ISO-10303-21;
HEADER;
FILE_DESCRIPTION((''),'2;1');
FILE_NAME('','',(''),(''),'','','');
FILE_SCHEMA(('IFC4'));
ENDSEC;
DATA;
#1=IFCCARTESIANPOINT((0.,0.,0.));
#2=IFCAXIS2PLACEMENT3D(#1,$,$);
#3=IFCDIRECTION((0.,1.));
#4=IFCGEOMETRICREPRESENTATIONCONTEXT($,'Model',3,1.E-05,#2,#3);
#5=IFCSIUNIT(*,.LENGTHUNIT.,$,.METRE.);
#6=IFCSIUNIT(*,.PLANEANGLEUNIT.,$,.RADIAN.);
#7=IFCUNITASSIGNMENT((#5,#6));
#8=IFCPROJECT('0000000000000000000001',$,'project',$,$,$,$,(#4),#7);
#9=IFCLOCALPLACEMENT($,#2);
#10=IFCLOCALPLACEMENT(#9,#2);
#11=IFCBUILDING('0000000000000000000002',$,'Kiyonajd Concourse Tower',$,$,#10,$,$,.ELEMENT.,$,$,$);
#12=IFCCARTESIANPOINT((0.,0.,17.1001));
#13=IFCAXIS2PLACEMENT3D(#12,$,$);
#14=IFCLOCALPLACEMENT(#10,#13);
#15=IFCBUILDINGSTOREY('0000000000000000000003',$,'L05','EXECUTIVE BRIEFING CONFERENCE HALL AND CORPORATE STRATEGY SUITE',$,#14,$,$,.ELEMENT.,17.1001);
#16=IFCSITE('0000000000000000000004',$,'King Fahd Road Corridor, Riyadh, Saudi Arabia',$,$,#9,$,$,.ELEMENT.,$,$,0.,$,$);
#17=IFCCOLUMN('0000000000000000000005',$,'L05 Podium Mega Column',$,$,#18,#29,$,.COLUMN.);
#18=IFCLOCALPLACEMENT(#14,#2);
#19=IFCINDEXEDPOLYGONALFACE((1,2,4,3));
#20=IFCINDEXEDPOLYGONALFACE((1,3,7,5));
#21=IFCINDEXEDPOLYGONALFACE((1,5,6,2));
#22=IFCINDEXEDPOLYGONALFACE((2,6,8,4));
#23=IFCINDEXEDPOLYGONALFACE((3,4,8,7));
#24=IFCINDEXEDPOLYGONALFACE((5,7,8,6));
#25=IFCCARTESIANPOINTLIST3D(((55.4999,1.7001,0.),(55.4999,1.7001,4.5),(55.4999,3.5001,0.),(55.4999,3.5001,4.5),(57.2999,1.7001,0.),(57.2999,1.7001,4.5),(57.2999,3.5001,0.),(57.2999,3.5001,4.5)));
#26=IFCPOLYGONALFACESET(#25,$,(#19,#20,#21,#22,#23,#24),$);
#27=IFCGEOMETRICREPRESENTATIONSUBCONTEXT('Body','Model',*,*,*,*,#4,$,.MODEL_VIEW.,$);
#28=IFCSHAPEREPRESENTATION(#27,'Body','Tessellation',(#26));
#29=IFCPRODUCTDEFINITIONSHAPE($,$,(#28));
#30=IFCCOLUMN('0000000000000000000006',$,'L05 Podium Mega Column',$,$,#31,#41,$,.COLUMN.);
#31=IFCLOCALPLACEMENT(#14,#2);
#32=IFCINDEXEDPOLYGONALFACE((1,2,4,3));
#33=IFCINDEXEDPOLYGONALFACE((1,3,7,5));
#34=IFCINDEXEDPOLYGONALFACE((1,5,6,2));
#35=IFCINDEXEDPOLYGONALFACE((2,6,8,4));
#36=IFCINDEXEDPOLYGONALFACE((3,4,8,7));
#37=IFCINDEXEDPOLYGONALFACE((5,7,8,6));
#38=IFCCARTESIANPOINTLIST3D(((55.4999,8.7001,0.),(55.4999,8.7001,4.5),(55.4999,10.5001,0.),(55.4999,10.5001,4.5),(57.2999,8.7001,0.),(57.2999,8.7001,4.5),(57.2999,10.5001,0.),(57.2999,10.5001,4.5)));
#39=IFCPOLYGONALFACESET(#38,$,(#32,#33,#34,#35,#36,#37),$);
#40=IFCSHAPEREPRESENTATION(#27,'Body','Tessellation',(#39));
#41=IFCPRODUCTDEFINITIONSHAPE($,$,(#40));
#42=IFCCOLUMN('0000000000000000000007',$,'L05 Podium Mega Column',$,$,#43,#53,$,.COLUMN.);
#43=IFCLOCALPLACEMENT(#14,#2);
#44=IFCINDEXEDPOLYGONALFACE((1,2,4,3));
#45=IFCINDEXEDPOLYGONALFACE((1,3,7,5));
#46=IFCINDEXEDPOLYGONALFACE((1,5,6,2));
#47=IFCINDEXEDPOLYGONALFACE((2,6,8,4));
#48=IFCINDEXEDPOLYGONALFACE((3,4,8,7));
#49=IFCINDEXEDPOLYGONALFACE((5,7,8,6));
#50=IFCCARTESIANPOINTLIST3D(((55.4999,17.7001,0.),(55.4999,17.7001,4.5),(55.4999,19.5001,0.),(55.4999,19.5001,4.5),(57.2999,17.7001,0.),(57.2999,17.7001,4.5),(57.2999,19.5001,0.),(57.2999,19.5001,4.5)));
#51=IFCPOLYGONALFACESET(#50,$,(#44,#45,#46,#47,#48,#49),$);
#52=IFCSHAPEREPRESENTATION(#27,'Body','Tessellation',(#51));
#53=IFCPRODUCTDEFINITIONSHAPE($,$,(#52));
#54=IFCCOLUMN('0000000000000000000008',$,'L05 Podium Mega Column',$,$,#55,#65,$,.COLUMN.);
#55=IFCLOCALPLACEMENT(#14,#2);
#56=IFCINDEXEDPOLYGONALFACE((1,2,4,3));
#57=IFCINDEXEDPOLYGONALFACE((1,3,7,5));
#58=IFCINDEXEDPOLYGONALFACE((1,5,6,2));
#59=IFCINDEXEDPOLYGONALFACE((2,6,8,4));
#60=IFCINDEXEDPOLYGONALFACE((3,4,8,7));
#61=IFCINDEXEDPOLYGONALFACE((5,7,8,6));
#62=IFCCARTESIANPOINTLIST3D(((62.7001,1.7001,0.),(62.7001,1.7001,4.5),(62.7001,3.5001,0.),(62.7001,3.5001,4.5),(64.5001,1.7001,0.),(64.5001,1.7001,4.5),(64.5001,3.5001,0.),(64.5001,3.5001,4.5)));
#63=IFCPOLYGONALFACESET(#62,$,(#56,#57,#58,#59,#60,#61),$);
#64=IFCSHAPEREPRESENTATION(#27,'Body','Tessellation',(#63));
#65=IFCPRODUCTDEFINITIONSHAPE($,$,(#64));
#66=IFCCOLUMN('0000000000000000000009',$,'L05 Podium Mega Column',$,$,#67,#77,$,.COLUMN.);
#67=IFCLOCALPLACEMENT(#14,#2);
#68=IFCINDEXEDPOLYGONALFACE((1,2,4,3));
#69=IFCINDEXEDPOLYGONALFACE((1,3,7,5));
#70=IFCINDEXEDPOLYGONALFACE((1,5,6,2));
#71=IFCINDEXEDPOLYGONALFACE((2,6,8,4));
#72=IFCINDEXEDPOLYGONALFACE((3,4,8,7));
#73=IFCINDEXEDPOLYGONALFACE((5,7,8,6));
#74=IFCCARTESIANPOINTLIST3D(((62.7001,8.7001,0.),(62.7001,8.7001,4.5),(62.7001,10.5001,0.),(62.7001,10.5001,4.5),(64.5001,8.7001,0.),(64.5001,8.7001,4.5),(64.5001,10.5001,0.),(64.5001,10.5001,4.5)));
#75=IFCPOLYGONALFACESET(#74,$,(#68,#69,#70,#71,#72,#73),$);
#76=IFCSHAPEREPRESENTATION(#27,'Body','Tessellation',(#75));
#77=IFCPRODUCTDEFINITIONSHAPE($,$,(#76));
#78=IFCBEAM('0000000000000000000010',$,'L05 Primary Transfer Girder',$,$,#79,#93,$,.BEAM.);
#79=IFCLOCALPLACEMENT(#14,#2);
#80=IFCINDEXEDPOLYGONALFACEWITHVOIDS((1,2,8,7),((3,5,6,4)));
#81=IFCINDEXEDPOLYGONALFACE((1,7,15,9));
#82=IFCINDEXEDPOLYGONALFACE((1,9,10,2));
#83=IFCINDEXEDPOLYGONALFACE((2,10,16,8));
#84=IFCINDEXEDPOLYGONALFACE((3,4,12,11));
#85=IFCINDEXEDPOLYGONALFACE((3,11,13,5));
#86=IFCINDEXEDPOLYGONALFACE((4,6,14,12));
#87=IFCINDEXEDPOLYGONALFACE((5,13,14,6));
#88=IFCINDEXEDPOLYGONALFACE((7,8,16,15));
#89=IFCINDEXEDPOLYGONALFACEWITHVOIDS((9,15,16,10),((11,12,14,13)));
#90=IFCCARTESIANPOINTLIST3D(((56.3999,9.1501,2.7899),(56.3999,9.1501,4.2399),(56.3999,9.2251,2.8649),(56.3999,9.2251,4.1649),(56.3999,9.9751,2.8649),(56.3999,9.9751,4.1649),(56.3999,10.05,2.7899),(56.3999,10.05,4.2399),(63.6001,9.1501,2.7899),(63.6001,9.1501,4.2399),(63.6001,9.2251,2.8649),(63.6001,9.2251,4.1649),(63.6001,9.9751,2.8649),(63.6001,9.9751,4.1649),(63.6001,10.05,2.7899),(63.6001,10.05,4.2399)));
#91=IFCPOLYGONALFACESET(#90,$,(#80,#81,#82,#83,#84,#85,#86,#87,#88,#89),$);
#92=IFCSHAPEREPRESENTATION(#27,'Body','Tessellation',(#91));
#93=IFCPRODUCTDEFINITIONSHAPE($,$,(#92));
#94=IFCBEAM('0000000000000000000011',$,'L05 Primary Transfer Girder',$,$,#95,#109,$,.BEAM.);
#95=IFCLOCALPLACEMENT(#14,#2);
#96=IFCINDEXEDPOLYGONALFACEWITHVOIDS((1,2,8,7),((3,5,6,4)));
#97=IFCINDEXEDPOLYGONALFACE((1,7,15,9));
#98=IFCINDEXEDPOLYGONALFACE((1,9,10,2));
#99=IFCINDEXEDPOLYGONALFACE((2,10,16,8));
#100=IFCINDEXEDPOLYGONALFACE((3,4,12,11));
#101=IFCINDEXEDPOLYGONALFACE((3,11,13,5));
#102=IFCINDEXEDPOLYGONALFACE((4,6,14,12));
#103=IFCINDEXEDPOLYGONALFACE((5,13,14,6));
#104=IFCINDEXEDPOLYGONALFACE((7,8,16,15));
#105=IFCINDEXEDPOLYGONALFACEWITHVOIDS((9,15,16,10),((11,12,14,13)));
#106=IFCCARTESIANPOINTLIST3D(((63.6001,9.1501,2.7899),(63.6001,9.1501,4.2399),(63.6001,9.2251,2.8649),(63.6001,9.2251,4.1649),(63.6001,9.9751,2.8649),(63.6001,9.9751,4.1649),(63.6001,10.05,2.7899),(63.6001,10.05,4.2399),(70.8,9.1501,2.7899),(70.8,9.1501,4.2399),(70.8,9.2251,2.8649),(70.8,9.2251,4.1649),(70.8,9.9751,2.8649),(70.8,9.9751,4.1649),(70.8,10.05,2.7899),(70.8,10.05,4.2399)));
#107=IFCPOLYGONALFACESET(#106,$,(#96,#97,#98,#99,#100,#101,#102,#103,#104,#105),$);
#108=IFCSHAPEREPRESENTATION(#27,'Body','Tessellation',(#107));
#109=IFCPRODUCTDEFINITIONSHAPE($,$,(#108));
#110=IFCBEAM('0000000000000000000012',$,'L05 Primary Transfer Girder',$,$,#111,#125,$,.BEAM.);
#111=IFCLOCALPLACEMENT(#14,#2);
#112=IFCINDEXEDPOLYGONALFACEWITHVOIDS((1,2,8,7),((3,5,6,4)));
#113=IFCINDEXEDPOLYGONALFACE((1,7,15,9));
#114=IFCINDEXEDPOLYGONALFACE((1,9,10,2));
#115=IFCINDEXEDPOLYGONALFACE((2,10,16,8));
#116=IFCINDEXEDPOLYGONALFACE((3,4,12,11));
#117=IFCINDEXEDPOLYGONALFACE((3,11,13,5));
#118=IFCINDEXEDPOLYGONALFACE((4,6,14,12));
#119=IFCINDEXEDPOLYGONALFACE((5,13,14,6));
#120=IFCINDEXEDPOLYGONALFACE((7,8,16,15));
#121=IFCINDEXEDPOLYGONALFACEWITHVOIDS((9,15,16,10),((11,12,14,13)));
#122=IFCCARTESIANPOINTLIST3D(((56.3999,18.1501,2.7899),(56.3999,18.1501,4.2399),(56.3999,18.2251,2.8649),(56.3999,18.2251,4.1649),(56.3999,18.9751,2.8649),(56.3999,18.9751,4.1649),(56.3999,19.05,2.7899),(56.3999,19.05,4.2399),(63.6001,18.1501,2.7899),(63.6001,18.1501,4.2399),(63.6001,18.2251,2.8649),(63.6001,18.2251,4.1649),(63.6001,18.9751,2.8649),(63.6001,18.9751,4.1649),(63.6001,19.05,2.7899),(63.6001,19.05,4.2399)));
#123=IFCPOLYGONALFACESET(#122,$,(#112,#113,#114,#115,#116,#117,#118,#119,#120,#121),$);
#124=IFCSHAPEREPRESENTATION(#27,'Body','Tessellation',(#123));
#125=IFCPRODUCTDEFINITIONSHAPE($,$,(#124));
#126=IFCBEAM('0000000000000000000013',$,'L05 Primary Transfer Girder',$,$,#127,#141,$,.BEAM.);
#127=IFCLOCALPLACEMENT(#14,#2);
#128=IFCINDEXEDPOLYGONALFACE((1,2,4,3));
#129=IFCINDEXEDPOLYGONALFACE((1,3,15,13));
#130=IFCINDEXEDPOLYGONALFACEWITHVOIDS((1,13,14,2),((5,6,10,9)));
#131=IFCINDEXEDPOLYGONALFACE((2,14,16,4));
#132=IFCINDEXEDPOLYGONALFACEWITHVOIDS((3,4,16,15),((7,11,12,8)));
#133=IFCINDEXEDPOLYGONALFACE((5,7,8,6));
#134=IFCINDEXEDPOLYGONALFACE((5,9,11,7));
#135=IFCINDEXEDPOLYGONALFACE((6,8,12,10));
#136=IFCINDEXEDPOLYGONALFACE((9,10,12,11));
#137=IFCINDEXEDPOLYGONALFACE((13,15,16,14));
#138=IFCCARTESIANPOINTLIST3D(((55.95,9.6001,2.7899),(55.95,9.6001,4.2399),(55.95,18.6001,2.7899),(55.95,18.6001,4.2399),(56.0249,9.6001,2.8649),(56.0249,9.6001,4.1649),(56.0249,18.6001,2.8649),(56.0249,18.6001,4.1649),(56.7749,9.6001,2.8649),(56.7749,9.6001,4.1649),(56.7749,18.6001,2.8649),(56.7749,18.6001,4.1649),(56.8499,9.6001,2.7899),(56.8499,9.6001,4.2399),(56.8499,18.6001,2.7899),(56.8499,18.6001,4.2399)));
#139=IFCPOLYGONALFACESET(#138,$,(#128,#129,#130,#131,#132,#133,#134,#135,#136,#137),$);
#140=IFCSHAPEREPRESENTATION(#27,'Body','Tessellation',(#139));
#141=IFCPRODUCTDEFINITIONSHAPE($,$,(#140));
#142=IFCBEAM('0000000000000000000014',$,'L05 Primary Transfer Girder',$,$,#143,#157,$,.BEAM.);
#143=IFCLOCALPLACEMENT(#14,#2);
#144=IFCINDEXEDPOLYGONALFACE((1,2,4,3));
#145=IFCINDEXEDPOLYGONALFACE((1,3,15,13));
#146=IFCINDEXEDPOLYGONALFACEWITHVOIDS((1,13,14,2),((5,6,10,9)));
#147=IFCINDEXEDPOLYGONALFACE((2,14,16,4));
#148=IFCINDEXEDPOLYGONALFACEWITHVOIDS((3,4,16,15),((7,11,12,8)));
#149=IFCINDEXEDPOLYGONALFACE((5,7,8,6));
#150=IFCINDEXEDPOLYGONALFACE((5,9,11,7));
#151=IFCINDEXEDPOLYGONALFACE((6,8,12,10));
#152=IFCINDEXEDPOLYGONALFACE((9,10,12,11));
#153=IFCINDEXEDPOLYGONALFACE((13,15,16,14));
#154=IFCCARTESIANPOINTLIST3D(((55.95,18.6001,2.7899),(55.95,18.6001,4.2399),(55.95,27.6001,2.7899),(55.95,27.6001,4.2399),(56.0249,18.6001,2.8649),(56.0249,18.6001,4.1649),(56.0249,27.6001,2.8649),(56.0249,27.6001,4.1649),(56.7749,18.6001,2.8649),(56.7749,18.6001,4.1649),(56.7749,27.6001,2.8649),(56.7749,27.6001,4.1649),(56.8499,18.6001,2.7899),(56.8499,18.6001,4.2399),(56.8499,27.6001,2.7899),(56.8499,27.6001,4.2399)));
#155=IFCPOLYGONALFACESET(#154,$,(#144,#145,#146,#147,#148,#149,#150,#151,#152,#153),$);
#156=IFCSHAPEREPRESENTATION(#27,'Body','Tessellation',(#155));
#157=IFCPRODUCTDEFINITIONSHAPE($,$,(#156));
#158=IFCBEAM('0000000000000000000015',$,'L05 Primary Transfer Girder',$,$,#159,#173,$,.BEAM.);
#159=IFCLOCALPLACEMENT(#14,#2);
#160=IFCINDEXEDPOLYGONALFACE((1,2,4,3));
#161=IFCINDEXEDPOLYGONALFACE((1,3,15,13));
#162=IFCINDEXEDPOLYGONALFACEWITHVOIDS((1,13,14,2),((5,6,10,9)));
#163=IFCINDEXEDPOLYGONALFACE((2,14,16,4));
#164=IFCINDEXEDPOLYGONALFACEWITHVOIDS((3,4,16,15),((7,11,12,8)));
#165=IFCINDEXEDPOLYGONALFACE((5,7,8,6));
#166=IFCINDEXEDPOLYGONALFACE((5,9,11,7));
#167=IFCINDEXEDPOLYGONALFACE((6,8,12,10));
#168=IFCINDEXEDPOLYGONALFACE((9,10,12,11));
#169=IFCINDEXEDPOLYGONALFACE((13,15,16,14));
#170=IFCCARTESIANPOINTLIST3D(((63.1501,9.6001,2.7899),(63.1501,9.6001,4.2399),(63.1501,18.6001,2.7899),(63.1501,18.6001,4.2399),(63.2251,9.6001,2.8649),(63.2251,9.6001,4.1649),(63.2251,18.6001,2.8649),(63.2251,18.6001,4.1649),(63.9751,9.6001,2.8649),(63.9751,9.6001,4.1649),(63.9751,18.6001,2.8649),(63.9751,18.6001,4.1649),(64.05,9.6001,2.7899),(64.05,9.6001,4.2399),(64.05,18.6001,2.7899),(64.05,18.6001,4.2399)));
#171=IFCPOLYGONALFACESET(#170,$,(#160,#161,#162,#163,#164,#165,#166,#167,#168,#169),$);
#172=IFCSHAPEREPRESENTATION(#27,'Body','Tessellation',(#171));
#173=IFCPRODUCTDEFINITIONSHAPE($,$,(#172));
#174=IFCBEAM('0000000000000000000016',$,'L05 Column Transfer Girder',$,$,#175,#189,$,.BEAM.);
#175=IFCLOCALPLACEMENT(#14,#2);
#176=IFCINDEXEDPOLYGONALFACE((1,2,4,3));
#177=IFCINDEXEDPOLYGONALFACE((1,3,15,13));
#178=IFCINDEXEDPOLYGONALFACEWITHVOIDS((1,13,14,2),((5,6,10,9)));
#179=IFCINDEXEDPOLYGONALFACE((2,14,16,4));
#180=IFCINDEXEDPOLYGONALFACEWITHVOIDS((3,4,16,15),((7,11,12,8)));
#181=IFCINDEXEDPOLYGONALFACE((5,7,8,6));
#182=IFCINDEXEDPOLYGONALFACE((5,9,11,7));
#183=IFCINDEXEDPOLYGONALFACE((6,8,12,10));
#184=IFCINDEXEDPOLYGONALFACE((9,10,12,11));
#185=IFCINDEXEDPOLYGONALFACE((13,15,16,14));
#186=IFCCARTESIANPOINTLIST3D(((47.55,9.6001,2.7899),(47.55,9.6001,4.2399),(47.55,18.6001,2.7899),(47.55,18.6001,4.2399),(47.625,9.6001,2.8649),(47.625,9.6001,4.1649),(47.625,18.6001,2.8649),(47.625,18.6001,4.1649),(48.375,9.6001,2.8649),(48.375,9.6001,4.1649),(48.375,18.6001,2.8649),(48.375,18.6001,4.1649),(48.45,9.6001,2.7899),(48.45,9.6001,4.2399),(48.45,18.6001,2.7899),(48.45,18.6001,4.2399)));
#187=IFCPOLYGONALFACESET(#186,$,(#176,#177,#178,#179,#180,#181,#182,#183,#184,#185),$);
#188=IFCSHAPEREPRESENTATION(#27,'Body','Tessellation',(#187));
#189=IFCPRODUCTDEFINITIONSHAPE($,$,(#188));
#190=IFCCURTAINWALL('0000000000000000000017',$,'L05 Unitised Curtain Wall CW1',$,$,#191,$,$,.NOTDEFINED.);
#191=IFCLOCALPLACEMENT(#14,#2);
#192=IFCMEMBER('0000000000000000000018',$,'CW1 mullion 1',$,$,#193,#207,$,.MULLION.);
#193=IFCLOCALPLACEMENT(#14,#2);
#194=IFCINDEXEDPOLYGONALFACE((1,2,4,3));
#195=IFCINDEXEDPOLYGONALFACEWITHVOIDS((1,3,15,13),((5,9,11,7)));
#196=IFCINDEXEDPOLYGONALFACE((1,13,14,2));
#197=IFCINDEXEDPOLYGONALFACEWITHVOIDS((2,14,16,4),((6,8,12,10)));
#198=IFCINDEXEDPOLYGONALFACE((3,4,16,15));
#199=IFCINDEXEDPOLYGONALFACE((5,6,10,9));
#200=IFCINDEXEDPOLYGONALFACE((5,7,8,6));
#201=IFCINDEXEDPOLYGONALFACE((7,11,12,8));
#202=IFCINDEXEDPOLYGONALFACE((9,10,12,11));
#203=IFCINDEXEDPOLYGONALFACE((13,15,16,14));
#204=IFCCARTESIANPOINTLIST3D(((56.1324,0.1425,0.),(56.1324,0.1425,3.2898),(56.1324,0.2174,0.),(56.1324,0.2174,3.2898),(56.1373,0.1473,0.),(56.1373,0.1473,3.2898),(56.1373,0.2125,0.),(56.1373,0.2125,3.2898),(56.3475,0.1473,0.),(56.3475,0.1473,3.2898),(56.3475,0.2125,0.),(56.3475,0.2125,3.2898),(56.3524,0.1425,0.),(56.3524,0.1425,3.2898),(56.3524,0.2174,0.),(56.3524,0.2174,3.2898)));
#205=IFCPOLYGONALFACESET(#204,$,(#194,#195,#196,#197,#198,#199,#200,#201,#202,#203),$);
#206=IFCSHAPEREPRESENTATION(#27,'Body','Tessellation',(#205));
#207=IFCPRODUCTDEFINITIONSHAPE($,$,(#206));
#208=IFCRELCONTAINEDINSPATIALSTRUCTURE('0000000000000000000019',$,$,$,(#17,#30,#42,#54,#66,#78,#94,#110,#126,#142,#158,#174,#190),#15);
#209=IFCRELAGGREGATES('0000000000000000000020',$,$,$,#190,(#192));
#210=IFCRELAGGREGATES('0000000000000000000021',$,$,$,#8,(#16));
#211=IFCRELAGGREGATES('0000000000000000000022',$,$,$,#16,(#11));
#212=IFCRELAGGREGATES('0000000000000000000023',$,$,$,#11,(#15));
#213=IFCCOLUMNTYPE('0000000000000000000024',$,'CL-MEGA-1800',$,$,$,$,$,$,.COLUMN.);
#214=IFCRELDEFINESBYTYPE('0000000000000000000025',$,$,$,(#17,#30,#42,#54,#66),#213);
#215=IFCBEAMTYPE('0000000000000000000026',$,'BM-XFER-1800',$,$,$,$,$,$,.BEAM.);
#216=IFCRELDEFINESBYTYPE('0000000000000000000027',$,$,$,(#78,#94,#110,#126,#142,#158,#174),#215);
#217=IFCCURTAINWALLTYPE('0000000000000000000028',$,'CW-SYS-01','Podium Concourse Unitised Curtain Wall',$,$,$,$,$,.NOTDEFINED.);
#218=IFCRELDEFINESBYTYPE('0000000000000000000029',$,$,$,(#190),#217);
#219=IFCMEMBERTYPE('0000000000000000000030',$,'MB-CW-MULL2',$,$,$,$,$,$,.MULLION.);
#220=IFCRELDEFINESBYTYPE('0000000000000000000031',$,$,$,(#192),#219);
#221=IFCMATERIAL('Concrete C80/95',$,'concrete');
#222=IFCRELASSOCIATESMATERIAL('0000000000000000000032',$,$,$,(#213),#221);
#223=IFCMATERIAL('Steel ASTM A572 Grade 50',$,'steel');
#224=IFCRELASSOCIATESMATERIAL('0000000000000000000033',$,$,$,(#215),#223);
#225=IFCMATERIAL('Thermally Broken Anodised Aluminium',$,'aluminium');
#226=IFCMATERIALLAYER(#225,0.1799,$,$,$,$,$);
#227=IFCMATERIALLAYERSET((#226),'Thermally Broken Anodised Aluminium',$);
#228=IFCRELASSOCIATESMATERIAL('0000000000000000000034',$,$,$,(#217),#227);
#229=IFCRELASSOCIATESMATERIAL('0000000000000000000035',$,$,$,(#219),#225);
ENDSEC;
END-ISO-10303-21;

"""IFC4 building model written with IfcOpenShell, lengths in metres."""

from ifc_helpers import new_model, si_unit, direction, frame, origin, origin_2d, place, context, subcontext, project, spatial, rectangle, hollow_rectangle, extrude, material, layer, layer_set, material_profile, profile_set, type_object, element, aggregate, save


model = new_model("IFC4")

# Units and contexts
model_context = context("Model", 3, precision=1e-05, world=origin(), true_north=direction((0.0, 1.0)))
body_context = subcontext(model_context, "Body", "Model", "MODEL_VIEW")
ifc_project = project(units=[si_unit("LENGTHUNIT", "METRE"), si_unit("PLANEANGLEUNIT", "RADIAN")], contexts=[model_context])

# Site, building, storey
site_placement = place(None, origin())
site = spatial("IfcSite", under=ifc_project, at=site_placement, Name="King Fahd Road Corridor, Riyadh, Saudi Arabia", CompositionType="ELEMENT", RefElevation=0.0)
building_placement = place(site_placement, origin())
building = spatial("IfcBuilding", under=site, at=building_placement, Name="Kiyonajd Concourse Tower", CompositionType="ELEMENT")
storey_placement = place(building_placement, frame((0.0, 0.0, 17.1001)))
storey = spatial("IfcBuildingStorey", under=building, at=storey_placement, Name="L05", Description="EXECUTIVE BRIEFING CONFERENCE HALL AND CORPORATE STRATEGY SUITE", CompositionType="ELEMENT", Elevation=17.1001)

# Columns
ifc_material_1 = material(Name="Concrete C80/95", Category="concrete")
ifc_material_profile_1 = material_profile(ifc_material_1, rectangle(XDim=1.8, YDim=1.8, at=origin_2d()), Name="RC-1800x1800")
ifc_profile_set_1 = profile_set([ifc_material_profile_1], Name="Concrete C80/95")
column_type = type_object("IfcColumnType", Name="CL-MEGA-1800", PredefinedType="COLUMN", material=ifc_profile_set_1)
for number, where, z_axis, x_axis, name in (
    (1, (56.3999, 2.6001, 0.0), (0.0, 0.0, 1.0), (1.0, 0.0, 0.0), "L05 Podium Mega Column"),
    (2, (56.3999, 9.6001, 0.0), (0.0, 0.0, 1.0), (1.0, 0.0, 0.0), "L05 Podium Mega Column"),
    (3, (56.3999, 18.6001, 0.0), (0.0, 0.0, 1.0), (1.0, 0.0, 0.0), "L05 Podium Mega Column"),
    (4, (63.6001, 2.6001, 0.0), (0.0, 0.0, 1.0), (1.0, 0.0, 0.0), "L05 Podium Mega Column"),
    (5, (63.6001, 9.6001, 0.0), (0.0, 0.0, 1.0), (1.0, 0.0, 0.0), "L05 Podium Mega Column"),
):
    element("IfcColumn", number, at=place(storey_placement, frame(where, z_axis=z_axis, x_axis=x_axis)), inside=storey, type_object=column_type, Name=name, PredefinedType="COLUMN", context=body_context, shape_type="SweptSolid", body=[
        extrude(rectangle(XDim=1.8, YDim=1.8, at=origin_2d()), origin(), (0.0, 0.0, 1.0), 4.5),
    ])

# Beams
ifc_material_2 = material(Name="Steel ASTM A572 Grade 50", Category="steel")
ifc_material_profile_2 = material_profile(ifc_material_2, hollow_rectangle(XDim=0.8999, YDim=1.45, WallThickness=0.075, at=origin_2d()), Name="BOX-1450x900x75")
ifc_profile_set_2 = profile_set([ifc_material_profile_2], Name="Steel ASTM A572 Grade 50")
beam_type = type_object("IfcBeamType", Name="BM-XFER-1800", PredefinedType="BEAM", material=ifc_profile_set_2)
beam_1_placement = place(storey_placement, frame((56.3999, 9.6001, 3.5149), z_axis=(1.0, 0.0, 0.0), x_axis=(0.0, 1.0, 0.0)))
element("IfcBeam", 6, at=beam_1_placement, inside=storey, type_object=beam_type, Name="L05 Primary Transfer Girder", PredefinedType="BEAM", context=body_context, shape_type="SweptSolid", body=[
    extrude(hollow_rectangle(XDim=0.8999, YDim=1.45, WallThickness=0.075, at=origin_2d()), origin(), (0.0, 0.0, 1.0), 7.2002),
])
beam_2_placement = place(storey_placement, frame((63.6001, 9.6001, 3.5149), z_axis=(1.0, 0.0, 0.0), x_axis=(0.0, 1.0, 0.0)))
element("IfcBeam", 7, at=beam_2_placement, inside=storey, type_object=beam_type, Name="L05 Primary Transfer Girder", PredefinedType="BEAM", context=body_context, shape_type="SweptSolid", body=[
    extrude(hollow_rectangle(XDim=0.8999, YDim=1.45, WallThickness=0.075, at=origin_2d()), origin(), (0.0, 0.0, 1.0), 7.2),
])
beam_3_placement = place(storey_placement, frame((56.3999, 18.6001, 3.5149), z_axis=(1.0, 0.0, 0.0), x_axis=(0.0, 1.0, 0.0)))
element("IfcBeam", 8, at=beam_3_placement, inside=storey, type_object=beam_type, Name="L05 Primary Transfer Girder", PredefinedType="BEAM", context=body_context, shape_type="SweptSolid", body=[
    extrude(hollow_rectangle(XDim=0.8999, YDim=1.45, WallThickness=0.075, at=origin_2d()), origin(), (0.0, 0.0, 1.0), 7.2002),
])
for number, where, z_axis, x_axis, name in (
    (9, (56.3999, 9.6001, 3.5149), (0.0, 1.0, 0.0), (-1.0, 0.0, 0.0), "L05 Primary Transfer Girder"),
    (10, (56.3999, 18.6001, 3.5149), (0.0, 1.0, 0.0), (-1.0, 0.0, 0.0), "L05 Primary Transfer Girder"),
    (11, (63.6001, 9.6001, 3.5149), (0.0, 1.0, 0.0), (-1.0, 0.0, 0.0), "L05 Primary Transfer Girder"),
    (12, (48.0, 9.6001, 3.5149), (0.0, 1.0, 0.0), (-1.0, 0.0, 0.0), "L05 Column Transfer Girder"),
):
    element("IfcBeam", number, at=place(storey_placement, frame(where, z_axis=z_axis, x_axis=x_axis)), inside=storey, type_object=beam_type, Name=name, PredefinedType="BEAM", context=body_context, shape_type="SweptSolid", body=[
        extrude(hollow_rectangle(XDim=0.8999, YDim=1.45, WallThickness=0.075, at=origin_2d()), origin(), (0.0, 0.0, 1.0), 9.0),
    ])

# Curtain wall, member
ifc_material_3 = material(Name="Thermally Broken Anodised Aluminium", Category="aluminium")
ifc_layer_1 = layer(ifc_material_3, 0.1799)
ifc_layer_set_1 = layer_set([ifc_layer_1], Name="Thermally Broken Anodised Aluminium")
curtain_wall_type = type_object("IfcCurtainWallType", Name="CW-SYS-01", Description="Podium Concourse Unitised Curtain Wall", PredefinedType="NOTDEFINED", material=ifc_layer_set_1)
curtain_wall_placement = place(storey_placement, origin())
curtain_wall = element("IfcCurtainWall", 13, at=curtain_wall_placement, inside=storey, type_object=curtain_wall_type, Name="L05 Unitised Curtain Wall CW1", PredefinedType="NOTDEFINED")
ifc_material_profile_3 = material_profile(ifc_material_3, hollow_rectangle(XDim=0.075, YDim=0.22, WallThickness=0.0049, at=origin_2d()), Name="MULL-75x220")
ifc_profile_set_3 = profile_set([ifc_material_profile_3], Name="Thermally Broken Anodised Aluminium")
member_type_1 = type_object("IfcMemberType", Name="MB-CW-MULL2", PredefinedType="MULLION", material=ifc_profile_set_3)
member_1_placement = place(storey_placement, frame((56.2424, 0.1799, 0.0), z_axis=(0.0, 0.0, 1.0), x_axis=(0.0, -1.0, 0.0)))
member_1 = element("IfcMember", 14, at=member_1_placement, type_object=member_type_1, Name="CW1 mullion 1", PredefinedType="MULLION", context=body_context, shape_type="SweptSolid", body=[
    extrude(hollow_rectangle(XDim=0.075, YDim=0.22, WallThickness=0.0049, at=origin_2d()), origin(), (0.0, 0.0, 1.0), 3.2898),
])

aggregate(curtain_wall, [member_1])

save(model, "model.ifc")
